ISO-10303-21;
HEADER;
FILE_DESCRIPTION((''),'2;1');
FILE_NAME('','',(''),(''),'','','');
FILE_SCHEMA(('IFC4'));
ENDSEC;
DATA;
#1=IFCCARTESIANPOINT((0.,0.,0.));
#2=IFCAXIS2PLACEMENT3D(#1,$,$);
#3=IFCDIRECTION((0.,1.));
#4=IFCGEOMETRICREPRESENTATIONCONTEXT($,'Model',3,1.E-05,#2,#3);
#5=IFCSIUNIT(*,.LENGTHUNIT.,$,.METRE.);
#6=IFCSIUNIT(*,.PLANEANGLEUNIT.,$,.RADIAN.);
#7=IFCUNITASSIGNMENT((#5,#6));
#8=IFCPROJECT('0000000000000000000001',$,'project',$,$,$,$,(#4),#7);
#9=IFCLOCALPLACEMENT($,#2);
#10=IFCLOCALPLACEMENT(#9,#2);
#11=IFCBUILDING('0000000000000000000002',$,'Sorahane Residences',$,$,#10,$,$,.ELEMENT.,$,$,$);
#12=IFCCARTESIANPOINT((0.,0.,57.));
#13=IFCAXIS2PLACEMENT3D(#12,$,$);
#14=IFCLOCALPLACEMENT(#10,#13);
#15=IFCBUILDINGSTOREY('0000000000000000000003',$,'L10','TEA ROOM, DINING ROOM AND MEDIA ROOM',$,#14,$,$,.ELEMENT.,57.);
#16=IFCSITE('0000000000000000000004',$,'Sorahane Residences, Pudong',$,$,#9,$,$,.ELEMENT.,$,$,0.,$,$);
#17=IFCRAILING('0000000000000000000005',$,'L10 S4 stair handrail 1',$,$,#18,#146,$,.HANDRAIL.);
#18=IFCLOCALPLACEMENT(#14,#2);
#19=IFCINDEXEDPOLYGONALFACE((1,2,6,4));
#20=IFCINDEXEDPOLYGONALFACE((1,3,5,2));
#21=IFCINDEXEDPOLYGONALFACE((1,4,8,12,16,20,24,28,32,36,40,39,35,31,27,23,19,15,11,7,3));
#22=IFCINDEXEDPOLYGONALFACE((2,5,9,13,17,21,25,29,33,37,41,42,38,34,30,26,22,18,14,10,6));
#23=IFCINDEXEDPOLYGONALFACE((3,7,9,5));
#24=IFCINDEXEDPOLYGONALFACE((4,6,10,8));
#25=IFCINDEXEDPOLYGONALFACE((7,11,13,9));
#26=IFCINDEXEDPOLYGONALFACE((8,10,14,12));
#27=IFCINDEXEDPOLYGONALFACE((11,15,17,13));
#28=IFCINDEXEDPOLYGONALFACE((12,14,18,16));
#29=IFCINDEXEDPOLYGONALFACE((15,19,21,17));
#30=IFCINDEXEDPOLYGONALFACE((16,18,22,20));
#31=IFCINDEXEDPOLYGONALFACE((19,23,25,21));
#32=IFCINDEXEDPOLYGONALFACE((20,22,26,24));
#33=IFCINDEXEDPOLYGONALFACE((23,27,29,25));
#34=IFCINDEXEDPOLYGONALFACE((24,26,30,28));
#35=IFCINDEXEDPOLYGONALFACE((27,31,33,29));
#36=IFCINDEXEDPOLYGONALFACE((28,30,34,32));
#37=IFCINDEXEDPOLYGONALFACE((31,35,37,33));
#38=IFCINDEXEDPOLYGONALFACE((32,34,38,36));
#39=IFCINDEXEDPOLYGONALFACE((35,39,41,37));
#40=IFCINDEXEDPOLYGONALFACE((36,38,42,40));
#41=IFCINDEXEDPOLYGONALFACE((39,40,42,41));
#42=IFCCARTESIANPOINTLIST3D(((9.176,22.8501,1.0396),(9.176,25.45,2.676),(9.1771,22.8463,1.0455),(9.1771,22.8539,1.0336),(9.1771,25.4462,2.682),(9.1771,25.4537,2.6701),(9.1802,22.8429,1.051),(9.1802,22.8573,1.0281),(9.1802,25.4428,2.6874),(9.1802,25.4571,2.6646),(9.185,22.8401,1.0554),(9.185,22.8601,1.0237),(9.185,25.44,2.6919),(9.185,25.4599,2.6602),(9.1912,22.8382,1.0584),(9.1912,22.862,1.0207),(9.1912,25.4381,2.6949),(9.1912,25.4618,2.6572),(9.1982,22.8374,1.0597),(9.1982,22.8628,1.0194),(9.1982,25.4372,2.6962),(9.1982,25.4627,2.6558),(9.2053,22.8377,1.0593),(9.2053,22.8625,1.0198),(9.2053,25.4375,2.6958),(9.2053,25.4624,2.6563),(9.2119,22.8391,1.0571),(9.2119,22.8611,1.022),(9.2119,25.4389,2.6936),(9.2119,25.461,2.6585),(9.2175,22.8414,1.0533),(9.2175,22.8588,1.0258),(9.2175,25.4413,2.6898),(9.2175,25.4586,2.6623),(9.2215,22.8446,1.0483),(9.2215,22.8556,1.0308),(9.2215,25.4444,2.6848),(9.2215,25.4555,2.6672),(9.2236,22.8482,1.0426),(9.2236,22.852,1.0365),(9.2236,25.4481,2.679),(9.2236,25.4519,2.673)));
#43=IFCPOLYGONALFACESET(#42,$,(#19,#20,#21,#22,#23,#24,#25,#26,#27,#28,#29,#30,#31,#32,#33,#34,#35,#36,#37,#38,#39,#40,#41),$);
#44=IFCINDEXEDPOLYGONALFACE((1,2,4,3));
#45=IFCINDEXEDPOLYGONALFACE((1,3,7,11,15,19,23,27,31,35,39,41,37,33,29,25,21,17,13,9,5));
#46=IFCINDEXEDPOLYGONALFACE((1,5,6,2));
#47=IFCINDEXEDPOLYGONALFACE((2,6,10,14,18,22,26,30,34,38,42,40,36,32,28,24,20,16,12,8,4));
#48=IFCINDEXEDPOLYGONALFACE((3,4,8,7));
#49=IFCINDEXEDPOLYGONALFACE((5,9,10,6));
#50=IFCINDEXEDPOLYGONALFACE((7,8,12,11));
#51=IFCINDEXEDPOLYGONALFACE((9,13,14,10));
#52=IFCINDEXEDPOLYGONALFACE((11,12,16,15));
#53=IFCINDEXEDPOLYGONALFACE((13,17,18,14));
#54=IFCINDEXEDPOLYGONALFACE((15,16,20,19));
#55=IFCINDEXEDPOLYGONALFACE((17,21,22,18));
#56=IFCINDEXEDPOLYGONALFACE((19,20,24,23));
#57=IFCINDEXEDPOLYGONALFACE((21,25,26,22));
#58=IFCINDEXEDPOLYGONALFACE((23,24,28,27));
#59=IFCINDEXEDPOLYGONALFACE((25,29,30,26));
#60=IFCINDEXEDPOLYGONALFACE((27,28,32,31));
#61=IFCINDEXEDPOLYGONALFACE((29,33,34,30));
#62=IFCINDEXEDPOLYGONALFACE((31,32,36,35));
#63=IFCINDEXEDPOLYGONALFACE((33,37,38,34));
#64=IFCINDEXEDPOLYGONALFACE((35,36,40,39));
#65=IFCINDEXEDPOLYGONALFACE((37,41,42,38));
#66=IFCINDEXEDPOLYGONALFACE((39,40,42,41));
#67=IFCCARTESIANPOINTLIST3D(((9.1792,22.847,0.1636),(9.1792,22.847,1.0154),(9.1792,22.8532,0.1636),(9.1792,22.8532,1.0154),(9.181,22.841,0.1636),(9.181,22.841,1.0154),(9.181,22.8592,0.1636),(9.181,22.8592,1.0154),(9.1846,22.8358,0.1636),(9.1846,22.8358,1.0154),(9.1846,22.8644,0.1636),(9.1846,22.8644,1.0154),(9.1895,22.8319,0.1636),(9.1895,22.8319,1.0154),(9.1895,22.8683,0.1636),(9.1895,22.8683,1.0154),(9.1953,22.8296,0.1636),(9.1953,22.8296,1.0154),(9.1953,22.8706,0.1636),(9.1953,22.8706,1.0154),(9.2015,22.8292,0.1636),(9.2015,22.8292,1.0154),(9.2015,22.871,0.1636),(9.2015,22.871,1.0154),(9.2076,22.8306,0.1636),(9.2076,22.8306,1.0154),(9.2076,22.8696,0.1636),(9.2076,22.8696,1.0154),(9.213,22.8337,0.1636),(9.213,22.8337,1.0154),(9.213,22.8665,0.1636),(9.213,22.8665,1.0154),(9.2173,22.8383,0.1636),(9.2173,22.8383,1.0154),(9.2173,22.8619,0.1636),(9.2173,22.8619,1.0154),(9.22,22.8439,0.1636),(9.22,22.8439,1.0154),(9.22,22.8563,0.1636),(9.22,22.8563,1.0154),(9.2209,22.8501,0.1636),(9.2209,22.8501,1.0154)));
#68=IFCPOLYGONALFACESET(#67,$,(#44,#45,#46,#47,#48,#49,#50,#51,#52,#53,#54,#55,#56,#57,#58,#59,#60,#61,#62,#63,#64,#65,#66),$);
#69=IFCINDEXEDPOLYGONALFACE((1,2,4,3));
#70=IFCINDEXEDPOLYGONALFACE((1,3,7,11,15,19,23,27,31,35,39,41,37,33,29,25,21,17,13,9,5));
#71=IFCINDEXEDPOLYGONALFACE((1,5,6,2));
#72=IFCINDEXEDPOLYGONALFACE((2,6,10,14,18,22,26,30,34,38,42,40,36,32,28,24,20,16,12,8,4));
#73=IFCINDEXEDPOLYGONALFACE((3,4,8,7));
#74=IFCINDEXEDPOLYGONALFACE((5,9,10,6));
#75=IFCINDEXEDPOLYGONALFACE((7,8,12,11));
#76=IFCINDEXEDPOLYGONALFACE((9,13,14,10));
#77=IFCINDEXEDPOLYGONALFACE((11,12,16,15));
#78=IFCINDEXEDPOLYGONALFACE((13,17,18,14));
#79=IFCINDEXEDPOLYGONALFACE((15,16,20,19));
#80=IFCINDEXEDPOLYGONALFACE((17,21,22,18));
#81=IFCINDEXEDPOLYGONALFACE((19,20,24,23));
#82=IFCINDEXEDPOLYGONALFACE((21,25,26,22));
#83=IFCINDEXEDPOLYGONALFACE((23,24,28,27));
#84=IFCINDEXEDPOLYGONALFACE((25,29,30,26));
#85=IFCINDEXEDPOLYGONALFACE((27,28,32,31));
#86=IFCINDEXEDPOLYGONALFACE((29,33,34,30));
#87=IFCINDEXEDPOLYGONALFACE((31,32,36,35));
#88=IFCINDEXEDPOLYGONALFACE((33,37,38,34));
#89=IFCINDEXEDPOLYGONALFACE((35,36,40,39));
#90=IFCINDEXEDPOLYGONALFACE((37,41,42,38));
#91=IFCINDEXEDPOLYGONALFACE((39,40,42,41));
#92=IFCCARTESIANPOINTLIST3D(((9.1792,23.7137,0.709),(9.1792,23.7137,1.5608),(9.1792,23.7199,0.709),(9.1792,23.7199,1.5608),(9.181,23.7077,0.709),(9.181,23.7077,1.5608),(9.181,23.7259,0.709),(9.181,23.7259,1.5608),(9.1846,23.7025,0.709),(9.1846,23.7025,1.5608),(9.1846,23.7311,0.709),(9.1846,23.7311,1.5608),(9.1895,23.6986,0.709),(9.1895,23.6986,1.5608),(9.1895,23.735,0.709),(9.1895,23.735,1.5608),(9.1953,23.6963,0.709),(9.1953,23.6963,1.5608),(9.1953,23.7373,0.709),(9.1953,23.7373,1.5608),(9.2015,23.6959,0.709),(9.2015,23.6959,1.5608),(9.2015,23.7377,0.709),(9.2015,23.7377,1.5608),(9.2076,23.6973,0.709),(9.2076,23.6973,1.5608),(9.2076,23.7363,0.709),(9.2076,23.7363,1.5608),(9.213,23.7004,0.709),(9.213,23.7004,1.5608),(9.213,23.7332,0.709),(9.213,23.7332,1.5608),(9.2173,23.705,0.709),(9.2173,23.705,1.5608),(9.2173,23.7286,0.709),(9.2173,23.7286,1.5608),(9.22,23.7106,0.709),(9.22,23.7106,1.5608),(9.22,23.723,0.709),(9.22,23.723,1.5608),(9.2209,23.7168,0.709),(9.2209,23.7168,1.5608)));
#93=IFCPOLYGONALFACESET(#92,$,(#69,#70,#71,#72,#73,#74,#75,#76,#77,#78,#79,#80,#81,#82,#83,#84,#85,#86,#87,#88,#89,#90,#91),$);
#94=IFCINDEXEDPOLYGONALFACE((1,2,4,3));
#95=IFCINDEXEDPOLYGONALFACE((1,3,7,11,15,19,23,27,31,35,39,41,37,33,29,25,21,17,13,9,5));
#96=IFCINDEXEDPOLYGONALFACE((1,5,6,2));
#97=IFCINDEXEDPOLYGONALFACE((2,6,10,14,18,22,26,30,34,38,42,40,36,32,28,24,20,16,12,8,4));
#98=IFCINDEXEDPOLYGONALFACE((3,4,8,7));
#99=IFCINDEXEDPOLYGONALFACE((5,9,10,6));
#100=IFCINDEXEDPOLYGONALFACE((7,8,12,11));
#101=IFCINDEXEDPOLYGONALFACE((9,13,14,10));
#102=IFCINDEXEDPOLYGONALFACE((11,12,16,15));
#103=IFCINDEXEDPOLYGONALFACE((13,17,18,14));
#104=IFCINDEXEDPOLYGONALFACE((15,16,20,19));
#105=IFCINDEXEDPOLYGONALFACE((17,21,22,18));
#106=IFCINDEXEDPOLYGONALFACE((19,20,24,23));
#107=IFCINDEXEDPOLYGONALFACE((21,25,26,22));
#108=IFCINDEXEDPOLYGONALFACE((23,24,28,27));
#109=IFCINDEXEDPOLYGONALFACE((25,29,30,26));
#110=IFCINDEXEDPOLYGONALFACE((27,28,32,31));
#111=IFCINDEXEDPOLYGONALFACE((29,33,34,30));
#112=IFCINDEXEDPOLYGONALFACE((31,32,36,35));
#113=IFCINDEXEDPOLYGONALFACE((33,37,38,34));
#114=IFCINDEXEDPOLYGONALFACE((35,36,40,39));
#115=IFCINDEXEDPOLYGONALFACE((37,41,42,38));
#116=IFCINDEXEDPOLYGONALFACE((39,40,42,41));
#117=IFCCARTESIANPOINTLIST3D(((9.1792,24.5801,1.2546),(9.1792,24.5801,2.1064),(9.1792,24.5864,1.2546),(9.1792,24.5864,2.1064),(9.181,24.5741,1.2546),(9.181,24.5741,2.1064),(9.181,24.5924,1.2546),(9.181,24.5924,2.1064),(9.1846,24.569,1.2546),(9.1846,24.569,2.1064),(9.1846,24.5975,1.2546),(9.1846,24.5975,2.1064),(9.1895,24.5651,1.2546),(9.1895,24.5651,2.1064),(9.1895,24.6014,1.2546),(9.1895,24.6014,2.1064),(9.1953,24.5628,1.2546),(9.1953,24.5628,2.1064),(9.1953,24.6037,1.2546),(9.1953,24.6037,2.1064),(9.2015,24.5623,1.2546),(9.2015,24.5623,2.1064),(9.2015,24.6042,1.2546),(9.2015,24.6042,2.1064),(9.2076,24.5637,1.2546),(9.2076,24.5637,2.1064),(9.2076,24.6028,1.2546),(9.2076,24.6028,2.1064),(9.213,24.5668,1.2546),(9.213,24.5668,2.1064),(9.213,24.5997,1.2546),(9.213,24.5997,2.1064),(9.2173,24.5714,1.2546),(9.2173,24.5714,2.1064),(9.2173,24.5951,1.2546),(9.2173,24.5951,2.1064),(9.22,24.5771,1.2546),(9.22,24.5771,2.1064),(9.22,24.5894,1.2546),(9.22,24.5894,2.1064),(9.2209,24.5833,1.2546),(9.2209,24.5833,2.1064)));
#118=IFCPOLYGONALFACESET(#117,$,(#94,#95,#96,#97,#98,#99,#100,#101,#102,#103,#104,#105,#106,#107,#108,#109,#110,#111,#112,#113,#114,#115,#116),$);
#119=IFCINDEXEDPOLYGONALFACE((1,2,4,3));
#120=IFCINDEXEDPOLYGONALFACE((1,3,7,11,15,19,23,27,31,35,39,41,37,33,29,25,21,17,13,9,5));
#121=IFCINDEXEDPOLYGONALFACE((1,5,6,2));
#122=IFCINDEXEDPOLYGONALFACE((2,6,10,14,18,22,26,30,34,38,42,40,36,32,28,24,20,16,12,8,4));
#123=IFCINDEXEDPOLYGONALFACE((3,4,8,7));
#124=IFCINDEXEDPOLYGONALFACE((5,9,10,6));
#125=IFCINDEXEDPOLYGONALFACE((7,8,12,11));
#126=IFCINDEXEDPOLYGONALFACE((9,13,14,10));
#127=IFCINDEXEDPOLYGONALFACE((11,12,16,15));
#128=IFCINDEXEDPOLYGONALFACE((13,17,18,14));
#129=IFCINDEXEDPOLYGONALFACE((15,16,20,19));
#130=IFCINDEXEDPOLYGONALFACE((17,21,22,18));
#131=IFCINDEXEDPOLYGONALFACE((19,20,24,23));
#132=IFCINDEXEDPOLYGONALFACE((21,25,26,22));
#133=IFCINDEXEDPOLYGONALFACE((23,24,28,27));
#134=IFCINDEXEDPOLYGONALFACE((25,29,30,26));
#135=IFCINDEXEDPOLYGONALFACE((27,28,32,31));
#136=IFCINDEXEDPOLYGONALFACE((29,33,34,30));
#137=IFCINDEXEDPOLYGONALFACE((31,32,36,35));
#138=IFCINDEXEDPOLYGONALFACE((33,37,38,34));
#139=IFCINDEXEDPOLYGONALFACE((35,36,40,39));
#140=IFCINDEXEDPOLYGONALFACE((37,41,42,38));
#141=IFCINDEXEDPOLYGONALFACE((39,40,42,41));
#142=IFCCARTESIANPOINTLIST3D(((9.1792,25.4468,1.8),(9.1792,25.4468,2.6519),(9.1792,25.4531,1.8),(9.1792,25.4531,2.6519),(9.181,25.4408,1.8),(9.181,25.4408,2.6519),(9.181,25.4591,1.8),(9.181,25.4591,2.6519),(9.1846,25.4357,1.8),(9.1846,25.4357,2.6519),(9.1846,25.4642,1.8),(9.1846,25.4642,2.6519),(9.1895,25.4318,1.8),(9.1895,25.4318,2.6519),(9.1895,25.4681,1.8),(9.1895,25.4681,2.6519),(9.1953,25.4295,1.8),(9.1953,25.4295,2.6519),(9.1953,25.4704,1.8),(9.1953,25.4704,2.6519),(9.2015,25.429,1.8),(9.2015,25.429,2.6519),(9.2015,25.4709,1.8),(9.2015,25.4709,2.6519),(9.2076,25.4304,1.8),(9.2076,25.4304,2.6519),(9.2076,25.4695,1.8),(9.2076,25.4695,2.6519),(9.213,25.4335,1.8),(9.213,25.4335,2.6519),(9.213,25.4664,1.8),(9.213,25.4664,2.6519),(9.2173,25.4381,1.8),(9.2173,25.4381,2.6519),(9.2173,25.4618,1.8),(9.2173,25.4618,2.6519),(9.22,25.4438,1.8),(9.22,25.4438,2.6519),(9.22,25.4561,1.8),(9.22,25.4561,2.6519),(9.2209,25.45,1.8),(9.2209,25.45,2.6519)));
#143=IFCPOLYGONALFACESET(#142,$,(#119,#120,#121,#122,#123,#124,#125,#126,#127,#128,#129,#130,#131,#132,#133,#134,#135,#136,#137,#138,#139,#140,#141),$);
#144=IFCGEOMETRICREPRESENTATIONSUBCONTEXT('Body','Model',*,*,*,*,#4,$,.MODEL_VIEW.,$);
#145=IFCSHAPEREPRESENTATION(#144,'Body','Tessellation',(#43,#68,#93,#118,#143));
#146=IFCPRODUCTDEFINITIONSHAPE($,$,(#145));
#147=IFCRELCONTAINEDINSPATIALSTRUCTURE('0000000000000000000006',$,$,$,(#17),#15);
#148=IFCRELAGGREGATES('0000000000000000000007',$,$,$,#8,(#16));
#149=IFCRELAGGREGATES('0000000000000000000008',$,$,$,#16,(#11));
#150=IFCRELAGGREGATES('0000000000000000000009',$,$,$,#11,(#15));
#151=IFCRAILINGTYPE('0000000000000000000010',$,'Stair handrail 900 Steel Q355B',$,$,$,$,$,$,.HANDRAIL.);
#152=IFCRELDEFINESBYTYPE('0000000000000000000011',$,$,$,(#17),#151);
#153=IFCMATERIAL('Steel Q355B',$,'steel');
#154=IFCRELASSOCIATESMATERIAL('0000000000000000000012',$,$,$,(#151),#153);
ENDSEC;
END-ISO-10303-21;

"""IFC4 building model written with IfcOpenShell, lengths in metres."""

from ifc_helpers import new_model, si_unit, direction, frame, origin, origin_2d, place, context, subcontext, project, spatial, circle, extrude, material, type_object, element, save


model = new_model("IFC4")

# Units and contexts
model_context = context("Model", 3, precision=1e-05, world=origin(), true_north=direction((0.0, 1.0)))
body_context = subcontext(model_context, "Body", "Model", "MODEL_VIEW")
ifc_project = project(units=[si_unit("LENGTHUNIT", "METRE"), si_unit("PLANEANGLEUNIT", "RADIAN")], contexts=[model_context])

# Site, building, storey
site_placement = place(None, origin())
site = spatial("IfcSite", under=ifc_project, at=site_placement, Name="Sorahane Residences, Pudong", CompositionType="ELEMENT", RefElevation=0.0)
building_placement = place(site_placement, origin())
building = spatial("IfcBuilding", under=site, at=building_placement, Name="Sorahane Residences", CompositionType="ELEMENT")
storey_placement = place(building_placement, frame((0.0, 0.0, 57.0)))
storey = spatial("IfcBuildingStorey", under=building, at=storey_placement, Name="L10", Description="TEA ROOM, DINING ROOM AND MEDIA ROOM", CompositionType="ELEMENT", Elevation=57.0)

# Railing
ifc_material_1 = material(Name="Steel Q355B", Category="steel")
railing_type_1 = type_object("IfcRailingType", Name="Stair handrail 900 Steel Q355B", PredefinedType="HANDRAIL", material=ifc_material_1)
railing_1_placement = place(storey_placement, frame((9.2, 22.8501, 0.1636)))
element("IfcRailing", 1, at=railing_1_placement, inside=storey, type_object=railing_type_1, Name="L10 S4 stair handrail 1", PredefinedType="HANDRAIL", context=body_context, shape_type="SweptSolid", body=[
    extrude(circle(Radius=0.0239, at=origin_2d()), frame((0.0, 0.0, 0.876), z_axis=(0.0, 0.846302, 0.532704), x_axis=(-1.0, 0.0, 0.0)), (0.0, 0.0, 1.0), 3.072),
    extrude(circle(Radius=0.021, at=origin_2d()), origin(), (0.0, 0.0, 1.0), 0.8518),
    extrude(circle(Radius=0.021, at=origin_2d()), frame((0.0, 0.8667, 0.5454)), (0.0, 0.0, 1.0), 0.8518),
    extrude(circle(Radius=0.021, at=origin_2d()), frame((0.0, 1.7332, 1.0911)), (0.0, 0.0, 1.0), 0.8518),
    extrude(circle(Radius=0.021, at=origin_2d()), frame((0.0, 2.5999, 1.6365)), (0.0, 0.0, 1.0), 0.8518),
])

save(model, "model.ifc")
